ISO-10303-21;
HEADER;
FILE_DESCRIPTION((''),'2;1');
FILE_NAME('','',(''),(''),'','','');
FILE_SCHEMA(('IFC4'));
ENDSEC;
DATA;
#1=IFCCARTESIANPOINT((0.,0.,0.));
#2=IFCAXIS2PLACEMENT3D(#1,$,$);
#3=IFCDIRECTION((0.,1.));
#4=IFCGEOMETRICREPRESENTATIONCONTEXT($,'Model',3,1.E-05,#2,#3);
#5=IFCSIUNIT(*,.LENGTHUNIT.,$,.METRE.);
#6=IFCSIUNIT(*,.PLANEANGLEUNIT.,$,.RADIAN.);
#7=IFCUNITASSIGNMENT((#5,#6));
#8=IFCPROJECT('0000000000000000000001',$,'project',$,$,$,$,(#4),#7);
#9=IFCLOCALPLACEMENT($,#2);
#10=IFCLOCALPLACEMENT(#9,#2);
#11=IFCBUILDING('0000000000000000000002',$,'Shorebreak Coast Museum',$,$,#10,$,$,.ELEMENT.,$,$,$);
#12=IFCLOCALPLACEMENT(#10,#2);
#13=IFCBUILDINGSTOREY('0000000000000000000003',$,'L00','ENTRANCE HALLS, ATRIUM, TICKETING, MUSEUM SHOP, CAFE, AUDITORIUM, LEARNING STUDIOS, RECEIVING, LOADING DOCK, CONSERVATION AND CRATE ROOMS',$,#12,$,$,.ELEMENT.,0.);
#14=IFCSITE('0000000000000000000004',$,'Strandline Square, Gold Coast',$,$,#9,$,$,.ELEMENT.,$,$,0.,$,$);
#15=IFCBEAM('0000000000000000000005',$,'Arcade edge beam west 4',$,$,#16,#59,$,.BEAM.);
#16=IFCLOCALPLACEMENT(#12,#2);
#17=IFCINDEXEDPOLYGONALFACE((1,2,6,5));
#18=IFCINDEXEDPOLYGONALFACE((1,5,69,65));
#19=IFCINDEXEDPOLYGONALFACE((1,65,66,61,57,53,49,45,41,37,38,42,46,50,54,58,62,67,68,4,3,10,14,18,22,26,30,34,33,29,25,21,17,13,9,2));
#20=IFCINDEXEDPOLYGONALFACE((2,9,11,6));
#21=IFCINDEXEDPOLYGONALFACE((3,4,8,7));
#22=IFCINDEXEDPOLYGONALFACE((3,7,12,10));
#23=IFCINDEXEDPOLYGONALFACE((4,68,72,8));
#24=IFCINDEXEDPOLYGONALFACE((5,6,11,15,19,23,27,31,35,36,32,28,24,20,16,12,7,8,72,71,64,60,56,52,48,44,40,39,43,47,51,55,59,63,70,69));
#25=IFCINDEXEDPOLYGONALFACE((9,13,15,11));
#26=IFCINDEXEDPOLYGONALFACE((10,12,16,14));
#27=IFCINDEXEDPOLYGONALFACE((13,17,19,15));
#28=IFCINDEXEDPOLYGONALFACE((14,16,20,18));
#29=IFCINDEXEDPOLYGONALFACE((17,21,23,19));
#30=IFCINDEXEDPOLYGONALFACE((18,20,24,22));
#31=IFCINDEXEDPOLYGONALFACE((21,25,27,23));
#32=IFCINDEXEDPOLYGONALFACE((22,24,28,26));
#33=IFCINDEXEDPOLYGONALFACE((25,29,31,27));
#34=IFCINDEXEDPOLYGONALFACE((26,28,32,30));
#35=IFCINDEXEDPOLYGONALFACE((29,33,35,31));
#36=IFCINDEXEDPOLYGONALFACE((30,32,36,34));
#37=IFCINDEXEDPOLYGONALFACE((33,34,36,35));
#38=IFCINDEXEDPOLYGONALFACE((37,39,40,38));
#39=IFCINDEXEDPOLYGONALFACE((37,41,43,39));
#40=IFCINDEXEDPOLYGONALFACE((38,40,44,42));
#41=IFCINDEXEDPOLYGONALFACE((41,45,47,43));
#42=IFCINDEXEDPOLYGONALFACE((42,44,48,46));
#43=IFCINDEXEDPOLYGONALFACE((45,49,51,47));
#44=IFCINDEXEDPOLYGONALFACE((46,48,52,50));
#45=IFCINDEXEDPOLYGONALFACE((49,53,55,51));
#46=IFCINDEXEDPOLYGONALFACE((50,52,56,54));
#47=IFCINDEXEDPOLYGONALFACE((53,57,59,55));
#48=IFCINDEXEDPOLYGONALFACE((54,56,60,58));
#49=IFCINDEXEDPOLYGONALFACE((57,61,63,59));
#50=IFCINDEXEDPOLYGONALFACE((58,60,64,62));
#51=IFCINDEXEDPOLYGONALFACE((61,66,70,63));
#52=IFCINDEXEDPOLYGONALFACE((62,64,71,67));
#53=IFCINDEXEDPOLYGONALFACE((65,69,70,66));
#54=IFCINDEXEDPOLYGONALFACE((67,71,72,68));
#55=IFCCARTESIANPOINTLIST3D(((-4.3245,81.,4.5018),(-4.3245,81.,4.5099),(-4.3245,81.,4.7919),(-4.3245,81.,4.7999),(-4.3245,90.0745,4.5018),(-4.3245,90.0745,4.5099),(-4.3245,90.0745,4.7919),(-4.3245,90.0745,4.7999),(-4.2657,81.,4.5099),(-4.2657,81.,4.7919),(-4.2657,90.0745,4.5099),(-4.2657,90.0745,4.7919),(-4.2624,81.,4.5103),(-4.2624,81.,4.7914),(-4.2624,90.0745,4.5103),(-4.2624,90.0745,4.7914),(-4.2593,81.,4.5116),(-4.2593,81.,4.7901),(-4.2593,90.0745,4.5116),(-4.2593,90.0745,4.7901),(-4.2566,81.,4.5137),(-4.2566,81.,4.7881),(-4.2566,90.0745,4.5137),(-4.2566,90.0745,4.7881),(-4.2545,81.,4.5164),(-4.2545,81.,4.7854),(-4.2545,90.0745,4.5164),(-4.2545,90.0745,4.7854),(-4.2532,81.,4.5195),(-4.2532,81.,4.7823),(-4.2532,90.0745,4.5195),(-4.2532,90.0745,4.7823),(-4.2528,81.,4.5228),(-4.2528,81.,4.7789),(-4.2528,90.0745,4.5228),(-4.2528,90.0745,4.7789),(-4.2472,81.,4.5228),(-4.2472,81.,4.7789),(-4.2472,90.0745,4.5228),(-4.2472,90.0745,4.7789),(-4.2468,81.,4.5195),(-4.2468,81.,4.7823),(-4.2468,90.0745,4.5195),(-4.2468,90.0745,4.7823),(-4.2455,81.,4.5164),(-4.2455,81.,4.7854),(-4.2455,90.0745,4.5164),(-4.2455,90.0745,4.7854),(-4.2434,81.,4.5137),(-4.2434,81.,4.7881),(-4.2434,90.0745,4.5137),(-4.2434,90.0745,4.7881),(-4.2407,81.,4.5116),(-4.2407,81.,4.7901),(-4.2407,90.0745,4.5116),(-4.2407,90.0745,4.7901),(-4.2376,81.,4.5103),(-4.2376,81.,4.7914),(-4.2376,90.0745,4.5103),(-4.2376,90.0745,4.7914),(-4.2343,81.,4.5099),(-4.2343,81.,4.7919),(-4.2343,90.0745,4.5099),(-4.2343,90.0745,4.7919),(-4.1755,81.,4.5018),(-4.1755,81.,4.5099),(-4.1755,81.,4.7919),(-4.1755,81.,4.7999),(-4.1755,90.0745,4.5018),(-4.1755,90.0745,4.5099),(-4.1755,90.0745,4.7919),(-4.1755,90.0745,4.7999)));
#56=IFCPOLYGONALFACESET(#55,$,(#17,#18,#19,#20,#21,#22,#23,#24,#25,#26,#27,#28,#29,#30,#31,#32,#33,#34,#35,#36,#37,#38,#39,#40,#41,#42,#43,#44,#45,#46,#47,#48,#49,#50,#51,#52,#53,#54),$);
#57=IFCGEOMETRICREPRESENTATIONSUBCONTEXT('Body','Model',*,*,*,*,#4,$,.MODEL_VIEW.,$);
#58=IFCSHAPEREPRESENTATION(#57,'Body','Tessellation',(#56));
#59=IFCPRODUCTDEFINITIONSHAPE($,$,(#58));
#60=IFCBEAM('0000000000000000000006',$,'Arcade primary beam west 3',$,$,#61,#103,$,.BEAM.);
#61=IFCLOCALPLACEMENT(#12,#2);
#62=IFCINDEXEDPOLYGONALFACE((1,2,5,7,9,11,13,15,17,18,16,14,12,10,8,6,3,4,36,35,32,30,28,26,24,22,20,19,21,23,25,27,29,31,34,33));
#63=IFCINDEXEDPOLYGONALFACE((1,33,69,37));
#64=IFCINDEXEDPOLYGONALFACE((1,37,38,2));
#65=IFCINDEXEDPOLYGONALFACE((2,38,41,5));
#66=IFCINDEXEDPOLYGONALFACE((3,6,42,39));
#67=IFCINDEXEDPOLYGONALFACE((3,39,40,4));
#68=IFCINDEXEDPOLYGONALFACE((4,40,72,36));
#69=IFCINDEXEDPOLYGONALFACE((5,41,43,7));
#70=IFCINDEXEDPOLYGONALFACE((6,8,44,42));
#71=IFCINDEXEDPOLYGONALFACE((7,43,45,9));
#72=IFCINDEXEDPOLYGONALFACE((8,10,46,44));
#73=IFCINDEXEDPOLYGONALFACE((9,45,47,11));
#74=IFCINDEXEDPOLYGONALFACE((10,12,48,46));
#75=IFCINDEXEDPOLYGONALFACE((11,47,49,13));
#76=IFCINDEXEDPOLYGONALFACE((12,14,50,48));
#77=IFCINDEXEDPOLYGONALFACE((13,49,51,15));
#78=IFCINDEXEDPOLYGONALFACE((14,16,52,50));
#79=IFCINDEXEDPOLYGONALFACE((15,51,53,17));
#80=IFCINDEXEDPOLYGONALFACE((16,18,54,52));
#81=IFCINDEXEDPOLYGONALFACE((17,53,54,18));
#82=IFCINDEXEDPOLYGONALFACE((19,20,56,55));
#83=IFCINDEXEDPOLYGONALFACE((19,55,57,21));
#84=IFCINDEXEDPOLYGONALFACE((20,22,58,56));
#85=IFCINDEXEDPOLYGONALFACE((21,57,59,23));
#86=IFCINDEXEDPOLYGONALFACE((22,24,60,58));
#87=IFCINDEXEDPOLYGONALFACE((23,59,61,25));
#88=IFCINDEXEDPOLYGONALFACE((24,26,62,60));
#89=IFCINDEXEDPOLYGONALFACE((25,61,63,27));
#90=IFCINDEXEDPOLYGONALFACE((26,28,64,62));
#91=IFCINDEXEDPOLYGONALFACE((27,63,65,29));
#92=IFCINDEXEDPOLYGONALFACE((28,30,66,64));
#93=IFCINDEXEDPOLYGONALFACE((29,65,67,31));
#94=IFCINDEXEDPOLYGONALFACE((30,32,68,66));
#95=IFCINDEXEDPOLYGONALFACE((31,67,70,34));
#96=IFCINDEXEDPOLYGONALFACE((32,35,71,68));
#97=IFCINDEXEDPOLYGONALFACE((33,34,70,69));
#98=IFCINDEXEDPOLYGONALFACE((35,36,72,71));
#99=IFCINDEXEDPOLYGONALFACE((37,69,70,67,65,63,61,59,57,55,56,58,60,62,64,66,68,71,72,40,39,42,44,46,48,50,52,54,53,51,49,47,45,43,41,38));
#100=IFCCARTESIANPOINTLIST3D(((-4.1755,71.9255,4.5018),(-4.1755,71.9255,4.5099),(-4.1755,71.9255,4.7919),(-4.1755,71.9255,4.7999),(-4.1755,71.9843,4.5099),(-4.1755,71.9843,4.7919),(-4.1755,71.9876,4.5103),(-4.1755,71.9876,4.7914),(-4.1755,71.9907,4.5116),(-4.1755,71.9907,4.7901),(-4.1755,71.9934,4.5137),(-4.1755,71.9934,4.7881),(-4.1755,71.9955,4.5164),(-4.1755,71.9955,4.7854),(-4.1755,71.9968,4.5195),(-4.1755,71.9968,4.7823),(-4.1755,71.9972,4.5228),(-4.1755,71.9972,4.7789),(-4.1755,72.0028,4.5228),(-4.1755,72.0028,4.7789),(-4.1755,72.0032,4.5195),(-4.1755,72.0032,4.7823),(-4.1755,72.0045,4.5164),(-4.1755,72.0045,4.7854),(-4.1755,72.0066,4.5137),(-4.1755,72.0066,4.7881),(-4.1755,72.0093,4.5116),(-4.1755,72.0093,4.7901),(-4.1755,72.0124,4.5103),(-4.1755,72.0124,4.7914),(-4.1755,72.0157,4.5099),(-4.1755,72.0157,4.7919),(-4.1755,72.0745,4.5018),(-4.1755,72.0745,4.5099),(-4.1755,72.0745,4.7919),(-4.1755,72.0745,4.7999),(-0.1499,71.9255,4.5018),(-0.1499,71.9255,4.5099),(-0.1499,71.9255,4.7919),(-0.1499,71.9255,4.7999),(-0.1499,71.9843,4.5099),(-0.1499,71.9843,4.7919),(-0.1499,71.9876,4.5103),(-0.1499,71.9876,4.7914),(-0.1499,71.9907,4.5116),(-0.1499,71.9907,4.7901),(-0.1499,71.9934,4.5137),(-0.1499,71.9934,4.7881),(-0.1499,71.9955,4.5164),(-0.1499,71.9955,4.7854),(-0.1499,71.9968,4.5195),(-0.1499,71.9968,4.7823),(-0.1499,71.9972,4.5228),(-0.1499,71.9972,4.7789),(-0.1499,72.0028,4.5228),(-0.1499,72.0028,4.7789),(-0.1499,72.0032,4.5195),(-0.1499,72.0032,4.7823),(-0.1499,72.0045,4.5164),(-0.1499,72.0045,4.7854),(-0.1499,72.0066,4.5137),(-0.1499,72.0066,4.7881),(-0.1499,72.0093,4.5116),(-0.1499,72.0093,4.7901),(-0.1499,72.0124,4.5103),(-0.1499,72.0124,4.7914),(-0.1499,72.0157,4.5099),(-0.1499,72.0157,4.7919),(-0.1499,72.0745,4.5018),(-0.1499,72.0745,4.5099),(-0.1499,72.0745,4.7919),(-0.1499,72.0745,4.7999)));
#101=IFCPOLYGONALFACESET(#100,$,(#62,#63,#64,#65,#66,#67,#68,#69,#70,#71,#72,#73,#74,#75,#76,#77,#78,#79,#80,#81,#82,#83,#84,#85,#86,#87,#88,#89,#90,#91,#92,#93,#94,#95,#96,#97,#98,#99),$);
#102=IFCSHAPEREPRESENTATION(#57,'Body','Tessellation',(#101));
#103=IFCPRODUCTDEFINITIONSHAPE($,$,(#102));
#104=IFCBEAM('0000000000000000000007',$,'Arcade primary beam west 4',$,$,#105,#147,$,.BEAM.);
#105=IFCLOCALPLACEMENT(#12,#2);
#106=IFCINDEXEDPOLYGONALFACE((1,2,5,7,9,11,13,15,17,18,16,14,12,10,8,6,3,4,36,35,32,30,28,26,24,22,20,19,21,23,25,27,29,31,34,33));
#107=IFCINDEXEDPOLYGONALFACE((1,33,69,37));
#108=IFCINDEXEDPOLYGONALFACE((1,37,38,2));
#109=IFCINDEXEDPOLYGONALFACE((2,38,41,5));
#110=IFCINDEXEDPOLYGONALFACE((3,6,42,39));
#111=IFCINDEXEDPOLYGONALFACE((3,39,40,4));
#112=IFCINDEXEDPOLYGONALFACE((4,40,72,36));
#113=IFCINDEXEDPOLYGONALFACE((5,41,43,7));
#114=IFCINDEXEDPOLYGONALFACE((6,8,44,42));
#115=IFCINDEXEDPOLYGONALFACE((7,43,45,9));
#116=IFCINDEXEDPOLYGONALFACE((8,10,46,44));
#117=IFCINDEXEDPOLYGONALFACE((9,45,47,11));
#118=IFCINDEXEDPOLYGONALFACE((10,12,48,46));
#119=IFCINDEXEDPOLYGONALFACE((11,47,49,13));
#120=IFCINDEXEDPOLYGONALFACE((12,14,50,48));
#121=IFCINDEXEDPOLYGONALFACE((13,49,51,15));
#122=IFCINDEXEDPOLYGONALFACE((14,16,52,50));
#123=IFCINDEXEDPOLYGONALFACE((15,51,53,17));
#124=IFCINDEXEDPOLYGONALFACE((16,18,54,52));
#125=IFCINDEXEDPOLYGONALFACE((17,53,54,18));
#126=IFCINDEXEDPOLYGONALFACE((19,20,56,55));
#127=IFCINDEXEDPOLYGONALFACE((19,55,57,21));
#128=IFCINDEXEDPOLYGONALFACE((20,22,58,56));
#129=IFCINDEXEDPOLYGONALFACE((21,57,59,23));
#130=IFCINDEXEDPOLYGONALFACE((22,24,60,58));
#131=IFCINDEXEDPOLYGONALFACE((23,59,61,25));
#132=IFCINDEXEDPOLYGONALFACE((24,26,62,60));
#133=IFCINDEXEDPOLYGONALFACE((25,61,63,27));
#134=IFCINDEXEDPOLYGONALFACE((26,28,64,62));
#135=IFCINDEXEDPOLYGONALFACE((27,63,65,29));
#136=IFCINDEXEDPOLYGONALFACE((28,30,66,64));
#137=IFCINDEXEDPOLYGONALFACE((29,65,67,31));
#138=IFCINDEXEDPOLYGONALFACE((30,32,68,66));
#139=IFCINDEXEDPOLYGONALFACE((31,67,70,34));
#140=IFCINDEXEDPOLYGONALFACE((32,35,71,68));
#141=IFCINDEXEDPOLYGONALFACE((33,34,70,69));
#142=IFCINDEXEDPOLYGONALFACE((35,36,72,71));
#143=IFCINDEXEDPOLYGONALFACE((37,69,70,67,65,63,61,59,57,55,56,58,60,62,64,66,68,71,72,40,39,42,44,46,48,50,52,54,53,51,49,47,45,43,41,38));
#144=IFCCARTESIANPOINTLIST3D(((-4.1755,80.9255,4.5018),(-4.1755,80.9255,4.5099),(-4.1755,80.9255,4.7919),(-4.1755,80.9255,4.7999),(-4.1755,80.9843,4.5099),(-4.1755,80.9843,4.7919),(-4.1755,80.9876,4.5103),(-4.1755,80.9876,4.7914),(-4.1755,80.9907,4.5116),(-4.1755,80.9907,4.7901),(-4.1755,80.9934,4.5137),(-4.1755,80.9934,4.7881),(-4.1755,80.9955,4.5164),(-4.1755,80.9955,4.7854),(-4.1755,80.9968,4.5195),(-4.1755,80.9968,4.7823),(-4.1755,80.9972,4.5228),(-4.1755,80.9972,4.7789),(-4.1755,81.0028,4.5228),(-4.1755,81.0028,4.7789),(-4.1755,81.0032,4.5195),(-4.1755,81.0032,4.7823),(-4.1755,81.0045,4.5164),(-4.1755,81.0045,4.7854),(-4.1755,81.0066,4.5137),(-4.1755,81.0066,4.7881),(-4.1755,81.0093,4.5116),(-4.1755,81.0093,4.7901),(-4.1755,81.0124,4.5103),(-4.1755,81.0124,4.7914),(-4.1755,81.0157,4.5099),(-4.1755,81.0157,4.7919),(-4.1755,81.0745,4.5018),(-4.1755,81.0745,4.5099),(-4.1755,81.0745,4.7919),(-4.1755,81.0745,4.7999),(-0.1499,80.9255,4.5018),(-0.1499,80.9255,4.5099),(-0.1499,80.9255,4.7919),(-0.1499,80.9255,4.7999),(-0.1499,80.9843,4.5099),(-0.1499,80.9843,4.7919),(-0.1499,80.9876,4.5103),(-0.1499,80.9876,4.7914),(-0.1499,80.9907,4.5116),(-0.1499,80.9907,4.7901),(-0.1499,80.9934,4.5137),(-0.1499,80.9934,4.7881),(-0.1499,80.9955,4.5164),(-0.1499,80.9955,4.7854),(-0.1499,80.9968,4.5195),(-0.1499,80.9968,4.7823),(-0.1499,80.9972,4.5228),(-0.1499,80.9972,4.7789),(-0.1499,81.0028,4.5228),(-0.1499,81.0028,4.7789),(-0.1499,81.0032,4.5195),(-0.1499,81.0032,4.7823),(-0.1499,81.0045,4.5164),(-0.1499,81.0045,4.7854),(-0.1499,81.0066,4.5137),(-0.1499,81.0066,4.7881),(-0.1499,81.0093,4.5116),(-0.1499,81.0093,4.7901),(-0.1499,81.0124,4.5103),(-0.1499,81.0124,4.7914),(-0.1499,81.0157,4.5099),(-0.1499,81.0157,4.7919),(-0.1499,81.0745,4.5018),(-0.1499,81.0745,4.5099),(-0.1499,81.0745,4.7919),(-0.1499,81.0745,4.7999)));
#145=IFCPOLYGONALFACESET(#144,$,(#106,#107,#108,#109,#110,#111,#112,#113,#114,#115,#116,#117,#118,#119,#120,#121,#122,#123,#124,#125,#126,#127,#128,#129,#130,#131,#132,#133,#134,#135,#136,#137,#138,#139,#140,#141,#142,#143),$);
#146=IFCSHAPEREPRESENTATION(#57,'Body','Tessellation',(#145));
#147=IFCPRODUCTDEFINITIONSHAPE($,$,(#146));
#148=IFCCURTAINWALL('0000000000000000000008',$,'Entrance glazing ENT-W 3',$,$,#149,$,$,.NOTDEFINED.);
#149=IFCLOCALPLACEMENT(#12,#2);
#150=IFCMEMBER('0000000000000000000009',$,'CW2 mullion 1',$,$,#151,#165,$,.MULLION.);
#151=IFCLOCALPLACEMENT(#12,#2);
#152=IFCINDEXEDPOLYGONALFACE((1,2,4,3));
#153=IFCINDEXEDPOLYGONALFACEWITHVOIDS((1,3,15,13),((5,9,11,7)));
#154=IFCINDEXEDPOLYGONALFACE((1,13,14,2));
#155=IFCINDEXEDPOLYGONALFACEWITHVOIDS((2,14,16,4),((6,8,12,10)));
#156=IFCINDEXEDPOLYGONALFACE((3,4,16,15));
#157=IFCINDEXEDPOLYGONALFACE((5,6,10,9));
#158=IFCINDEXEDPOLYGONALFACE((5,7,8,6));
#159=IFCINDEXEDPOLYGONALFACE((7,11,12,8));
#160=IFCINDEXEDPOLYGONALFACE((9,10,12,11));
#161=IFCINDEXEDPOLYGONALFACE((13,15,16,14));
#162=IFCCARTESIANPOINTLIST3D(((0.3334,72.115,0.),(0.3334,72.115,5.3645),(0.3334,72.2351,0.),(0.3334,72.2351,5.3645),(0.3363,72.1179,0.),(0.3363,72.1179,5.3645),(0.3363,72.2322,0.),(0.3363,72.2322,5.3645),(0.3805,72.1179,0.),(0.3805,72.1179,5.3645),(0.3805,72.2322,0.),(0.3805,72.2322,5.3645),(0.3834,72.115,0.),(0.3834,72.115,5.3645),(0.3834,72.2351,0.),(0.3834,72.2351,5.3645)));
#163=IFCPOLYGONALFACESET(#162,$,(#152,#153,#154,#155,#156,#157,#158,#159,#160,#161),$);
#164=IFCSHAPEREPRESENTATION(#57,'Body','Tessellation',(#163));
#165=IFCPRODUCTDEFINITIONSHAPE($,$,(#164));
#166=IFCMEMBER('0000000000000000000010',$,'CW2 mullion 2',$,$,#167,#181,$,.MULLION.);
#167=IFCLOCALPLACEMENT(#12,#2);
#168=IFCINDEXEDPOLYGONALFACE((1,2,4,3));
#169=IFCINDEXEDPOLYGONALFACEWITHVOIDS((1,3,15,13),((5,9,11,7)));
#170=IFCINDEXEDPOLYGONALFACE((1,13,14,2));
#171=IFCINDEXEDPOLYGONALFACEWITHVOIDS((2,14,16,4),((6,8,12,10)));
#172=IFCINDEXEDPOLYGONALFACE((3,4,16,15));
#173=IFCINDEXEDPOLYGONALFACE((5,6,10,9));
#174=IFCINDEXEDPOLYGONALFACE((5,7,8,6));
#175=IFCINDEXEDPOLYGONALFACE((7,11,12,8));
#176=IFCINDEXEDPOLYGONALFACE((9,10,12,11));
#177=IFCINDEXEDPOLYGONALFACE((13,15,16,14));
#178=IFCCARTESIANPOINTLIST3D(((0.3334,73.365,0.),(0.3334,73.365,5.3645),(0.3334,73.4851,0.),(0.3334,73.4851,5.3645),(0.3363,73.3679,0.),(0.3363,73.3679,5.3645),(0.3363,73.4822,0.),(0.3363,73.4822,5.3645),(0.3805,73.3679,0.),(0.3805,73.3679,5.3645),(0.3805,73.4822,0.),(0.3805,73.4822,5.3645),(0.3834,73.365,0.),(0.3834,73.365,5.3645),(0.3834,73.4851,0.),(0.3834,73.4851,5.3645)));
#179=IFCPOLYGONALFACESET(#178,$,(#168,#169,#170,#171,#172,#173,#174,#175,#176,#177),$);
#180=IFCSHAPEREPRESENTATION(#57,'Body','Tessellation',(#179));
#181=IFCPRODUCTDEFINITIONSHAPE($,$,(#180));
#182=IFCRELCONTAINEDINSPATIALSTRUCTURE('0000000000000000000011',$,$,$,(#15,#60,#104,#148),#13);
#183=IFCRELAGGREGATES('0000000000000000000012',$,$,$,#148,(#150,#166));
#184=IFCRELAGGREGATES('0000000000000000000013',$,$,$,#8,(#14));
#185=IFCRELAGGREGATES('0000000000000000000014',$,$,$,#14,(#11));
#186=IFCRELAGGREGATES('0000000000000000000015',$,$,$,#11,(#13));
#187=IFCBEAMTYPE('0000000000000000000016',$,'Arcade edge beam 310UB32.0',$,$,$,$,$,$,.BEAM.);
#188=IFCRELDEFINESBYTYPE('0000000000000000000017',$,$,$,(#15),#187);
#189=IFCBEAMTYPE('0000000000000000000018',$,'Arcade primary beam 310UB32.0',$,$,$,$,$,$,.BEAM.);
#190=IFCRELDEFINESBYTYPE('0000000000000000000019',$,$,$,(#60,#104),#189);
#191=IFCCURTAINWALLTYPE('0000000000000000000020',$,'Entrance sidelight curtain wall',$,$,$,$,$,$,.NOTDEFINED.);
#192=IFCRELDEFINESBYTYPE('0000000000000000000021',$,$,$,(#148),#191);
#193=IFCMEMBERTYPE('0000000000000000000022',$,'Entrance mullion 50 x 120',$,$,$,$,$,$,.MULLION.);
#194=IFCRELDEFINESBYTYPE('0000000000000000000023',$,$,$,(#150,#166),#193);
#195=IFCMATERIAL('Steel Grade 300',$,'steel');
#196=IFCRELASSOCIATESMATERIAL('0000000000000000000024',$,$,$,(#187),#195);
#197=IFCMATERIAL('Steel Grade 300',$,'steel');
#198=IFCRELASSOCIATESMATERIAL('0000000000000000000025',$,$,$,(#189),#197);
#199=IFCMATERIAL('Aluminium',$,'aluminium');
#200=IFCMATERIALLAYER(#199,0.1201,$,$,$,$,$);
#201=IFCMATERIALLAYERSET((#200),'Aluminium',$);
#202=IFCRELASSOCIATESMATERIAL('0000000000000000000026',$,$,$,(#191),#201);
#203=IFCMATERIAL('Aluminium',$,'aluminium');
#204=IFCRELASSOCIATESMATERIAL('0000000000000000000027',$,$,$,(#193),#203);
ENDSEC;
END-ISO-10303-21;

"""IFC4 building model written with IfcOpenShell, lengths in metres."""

from ifc_helpers import new_model, si_unit, direction, frame, origin, origin_2d, place, context, subcontext, project, spatial, hollow_rectangle, i_section, extrude, material, layer, layer_set, material_profile, profile_set, type_object, element, aggregate, save


model = new_model("IFC4")

# Units and contexts
model_context = context("Model", 3, precision=1e-05, world=origin(), true_north=direction((0.0, 1.0)))
body_context = subcontext(model_context, "Body", "Model", "MODEL_VIEW")
ifc_project = project(units=[si_unit("LENGTHUNIT", "METRE"), si_unit("PLANEANGLEUNIT", "RADIAN")], contexts=[model_context])

# Site, building, storey
site_placement = place(None, origin())
site = spatial("IfcSite", under=ifc_project, at=site_placement, Name="Strandline Square, Gold Coast", CompositionType="ELEMENT", RefElevation=0.0)
building_placement = place(site_placement, origin())
building = spatial("IfcBuilding", under=site, at=building_placement, Name="Shorebreak Coast Museum", CompositionType="ELEMENT")
storey_placement = place(building_placement, origin())
storey = spatial("IfcBuildingStorey", under=building, at=storey_placement, Name="L00", Description="ENTRANCE HALLS, ATRIUM, TICKETING, MUSEUM SHOP, CAFE, AUDITORIUM, LEARNING STUDIOS, RECEIVING, LOADING DOCK, CONSERVATION AND CRATE ROOMS", CompositionType="ELEMENT", Elevation=0.0)

# Beams
ifc_material_1 = material(Name="Steel Grade 300", Category="steel")
ifc_material_profile_1 = material_profile(ifc_material_1, i_section(OverallWidth=0.1489, OverallDepth=0.2981, WebThickness=0.0056, FlangeThickness=0.0081, FilletRadius=0.0129, at=origin_2d()), Name="310UB32.0")
ifc_profile_set_1 = profile_set([ifc_material_profile_1], Name="Steel Grade 300")
beam_type_1 = type_object("IfcBeamType", Name="Arcade edge beam 310UB32.0", PredefinedType="BEAM", material=ifc_profile_set_1)
beam_placement = place(storey_placement, frame((-4.25, 81.0, 4.6509), z_axis=(0.0, 1.0, 0.0), x_axis=(-1.0, 0.0, 0.0)))
element("IfcBeam", 1, at=beam_placement, inside=storey, type_object=beam_type_1, Name="Arcade edge beam west 4", PredefinedType="BEAM", context=body_context, shape_type="SweptSolid", body=[
    extrude(i_section(OverallWidth=0.1489, OverallDepth=0.2981, WebThickness=0.0056, FlangeThickness=0.0081, FilletRadius=0.0129, at=origin_2d()), origin(), (0.0, 0.0, 1.0), 9.0745),
])
ifc_material_2 = material(Name="Steel Grade 300", Category="steel")
ifc_material_profile_2 = material_profile(ifc_material_2, i_section(OverallWidth=0.1489, OverallDepth=0.2981, WebThickness=0.0056, FlangeThickness=0.0081, FilletRadius=0.0129, at=origin_2d()), Name="310UB32.0")
ifc_profile_set_2 = profile_set([ifc_material_profile_2], Name="Steel Grade 300")
beam_type_2 = type_object("IfcBeamType", Name="Arcade primary beam 310UB32.0", PredefinedType="BEAM", material=ifc_profile_set_2)
for number, where, z_axis, x_axis, name in (
    (2, (-0.1499, 72.0, 4.6509), (-1.0, 0.0, 0.0), (0.0, -1.0, 0.0), "Arcade primary beam west 3"),
    (3, (-0.1499, 81.0, 4.6509), (-1.0, 0.0, 0.0), (0.0, -1.0, 0.0), "Arcade primary beam west 4"),
):
    element("IfcBeam", number, at=place(storey_placement, frame(where, z_axis=z_axis, x_axis=x_axis)), inside=storey, type_object=beam_type_2, Name=name, PredefinedType="BEAM", context=body_context, shape_type="SweptSolid", body=[
        extrude(i_section(OverallWidth=0.1489, OverallDepth=0.2981, WebThickness=0.0056, FlangeThickness=0.0081, FilletRadius=0.0129, at=origin_2d()), origin(), (0.0, 0.0, 1.0), 4.0256),
    ])

# Curtain wall, members
ifc_material_3 = material(Name="Aluminium", Category="aluminium")
ifc_layer_1 = layer(ifc_material_3, 0.1201)
ifc_layer_set_1 = layer_set([ifc_layer_1], Name="Aluminium")
curtain_wall_type = type_object("IfcCurtainWallType", Name="Entrance sidelight curtain wall", PredefinedType="NOTDEFINED", material=ifc_layer_set_1)
curtain_wall_placement = place(storey_placement, origin())
curtain_wall = element("IfcCurtainWall", 4, at=curtain_wall_placement, inside=storey, type_object=curtain_wall_type, Name="Entrance glazing ENT-W 3", PredefinedType="NOTDEFINED")
ifc_material_4 = material(Name="Aluminium", Category="aluminium")
ifc_material_profile_3 = material_profile(ifc_material_4, hollow_rectangle(XDim=0.05, YDim=0.1201, WallThickness=0.0029, at=origin_2d()), Name="AL 120x50 RHS")
ifc_profile_set_3 = profile_set([ifc_material_profile_3], Name="Aluminium")
member_type_1 = type_object("IfcMemberType", Name="Entrance mullion 50 x 120", PredefinedType="MULLION", material=ifc_profile_set_3)
member_1_placement = place(storey_placement, frame((0.3584, 72.175, 0.0), z_axis=(0.0, 0.0, 1.0), x_axis=(-1.0, 0.0, 0.0)))
member_1 = element("IfcMember", 5, at=member_1_placement, type_object=member_type_1, Name="CW2 mullion 1", PredefinedType="MULLION", context=body_context, shape_type="SweptSolid", body=[
    extrude(hollow_rectangle(XDim=0.05, YDim=0.1201, WallThickness=0.0029, at=origin_2d()), origin(), (0.0, 0.0, 1.0), 5.3645),
])
member_2_placement = place(storey_placement, frame((0.3584, 73.425, 0.0), z_axis=(0.0, 0.0, 1.0), x_axis=(-1.0, 0.0, 0.0)))
member_2 = element("IfcMember", 6, at=member_2_placement, type_object=member_type_1, Name="CW2 mullion 2", PredefinedType="MULLION", context=body_context, shape_type="SweptSolid", body=[
    extrude(hollow_rectangle(XDim=0.05, YDim=0.1201, WallThickness=0.0029, at=origin_2d()), origin(), (0.0, 0.0, 1.0), 5.3645),
])

aggregate(curtain_wall, [member_1, member_2])

save(model, "model.ifc")
